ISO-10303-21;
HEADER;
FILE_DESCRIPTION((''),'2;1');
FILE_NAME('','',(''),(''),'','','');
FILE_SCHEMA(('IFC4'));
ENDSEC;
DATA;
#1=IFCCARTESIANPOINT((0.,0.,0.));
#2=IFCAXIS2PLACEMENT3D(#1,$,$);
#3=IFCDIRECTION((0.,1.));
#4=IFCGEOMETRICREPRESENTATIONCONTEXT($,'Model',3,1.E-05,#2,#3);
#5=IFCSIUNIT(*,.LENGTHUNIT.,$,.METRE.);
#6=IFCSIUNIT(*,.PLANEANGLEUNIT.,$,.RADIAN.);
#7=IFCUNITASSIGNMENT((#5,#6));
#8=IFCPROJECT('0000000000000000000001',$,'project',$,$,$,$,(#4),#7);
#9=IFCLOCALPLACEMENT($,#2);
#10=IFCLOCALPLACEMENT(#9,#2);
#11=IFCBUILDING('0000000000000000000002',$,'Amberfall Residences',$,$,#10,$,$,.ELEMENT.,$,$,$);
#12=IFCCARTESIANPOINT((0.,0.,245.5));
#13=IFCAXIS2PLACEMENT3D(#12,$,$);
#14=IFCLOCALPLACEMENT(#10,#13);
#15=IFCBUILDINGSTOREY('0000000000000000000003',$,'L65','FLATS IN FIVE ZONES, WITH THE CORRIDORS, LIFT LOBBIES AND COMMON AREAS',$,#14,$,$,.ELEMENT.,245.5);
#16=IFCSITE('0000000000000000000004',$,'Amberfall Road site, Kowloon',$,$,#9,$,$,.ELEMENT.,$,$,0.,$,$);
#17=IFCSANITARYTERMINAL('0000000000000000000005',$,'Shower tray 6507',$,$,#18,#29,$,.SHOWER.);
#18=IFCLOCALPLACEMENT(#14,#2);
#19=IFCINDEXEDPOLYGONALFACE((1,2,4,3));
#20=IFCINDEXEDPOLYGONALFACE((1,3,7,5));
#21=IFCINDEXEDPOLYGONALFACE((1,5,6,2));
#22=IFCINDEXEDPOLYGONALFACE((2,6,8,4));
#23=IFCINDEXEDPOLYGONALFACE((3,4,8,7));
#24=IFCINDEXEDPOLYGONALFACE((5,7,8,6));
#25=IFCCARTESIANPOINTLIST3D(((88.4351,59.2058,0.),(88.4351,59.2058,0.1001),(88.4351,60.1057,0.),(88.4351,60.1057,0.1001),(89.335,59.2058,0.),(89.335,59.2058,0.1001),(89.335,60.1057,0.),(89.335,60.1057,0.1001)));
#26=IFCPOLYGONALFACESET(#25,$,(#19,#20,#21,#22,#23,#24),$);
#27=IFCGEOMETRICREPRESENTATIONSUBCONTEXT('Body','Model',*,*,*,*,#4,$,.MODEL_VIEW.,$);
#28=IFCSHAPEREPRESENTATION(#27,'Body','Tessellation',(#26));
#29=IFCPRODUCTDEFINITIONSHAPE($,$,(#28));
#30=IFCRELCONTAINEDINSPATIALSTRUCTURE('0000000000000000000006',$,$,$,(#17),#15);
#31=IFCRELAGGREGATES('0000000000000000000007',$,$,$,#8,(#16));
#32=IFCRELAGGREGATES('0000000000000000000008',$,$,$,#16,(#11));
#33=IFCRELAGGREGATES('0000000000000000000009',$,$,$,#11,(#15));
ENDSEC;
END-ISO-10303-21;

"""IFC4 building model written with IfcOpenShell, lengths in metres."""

from ifc_helpers import new_model, si_unit, direction, frame, origin, origin_2d, place, context, subcontext, project, spatial, rectangle, extrude, element, save


model = new_model("IFC4")

# Units and contexts
model_context = context("Model", 3, precision=1e-05, world=origin(), true_north=direction((0.0, 1.0)))
body_context = subcontext(model_context, "Body", "Model", "MODEL_VIEW")
ifc_project = project(units=[si_unit("LENGTHUNIT", "METRE"), si_unit("PLANEANGLEUNIT", "RADIAN")], contexts=[model_context])

# Site, building, storey
site_placement = place(None, origin())
site = spatial("IfcSite", under=ifc_project, at=site_placement, Name="Amberfall Road site, Kowloon", CompositionType="ELEMENT", RefElevation=0.0)
building_placement = place(site_placement, origin())
building = spatial("IfcBuilding", under=site, at=building_placement, Name="Amberfall Residences", CompositionType="ELEMENT")
storey_placement = place(building_placement, frame((0.0, 0.0, 245.5)))
storey = spatial("IfcBuildingStorey", under=building, at=storey_placement, Name="L65", Description="FLATS IN FIVE ZONES, WITH THE CORRIDORS, LIFT LOBBIES AND COMMON AREAS", CompositionType="ELEMENT", Elevation=245.5)

# Sanitary terminal
sanitary_terminal_1_placement = place(storey_placement, frame((88.885, 59.6558, 0.0), z_axis=(0.0, 0.0, 1.0), x_axis=(1.0, 0.0, 0.0)))
element("IfcSanitaryTerminal", 1, at=sanitary_terminal_1_placement, inside=storey, Name="Shower tray 6507", PredefinedType="SHOWER", context=body_context, shape_type="SweptSolid", body=[
    extrude(rectangle(XDim=0.8999, YDim=0.8999, at=origin_2d()), origin(), (0.0, 0.0, 1.0), 0.1001),
])

save(model, "model.ifc")
